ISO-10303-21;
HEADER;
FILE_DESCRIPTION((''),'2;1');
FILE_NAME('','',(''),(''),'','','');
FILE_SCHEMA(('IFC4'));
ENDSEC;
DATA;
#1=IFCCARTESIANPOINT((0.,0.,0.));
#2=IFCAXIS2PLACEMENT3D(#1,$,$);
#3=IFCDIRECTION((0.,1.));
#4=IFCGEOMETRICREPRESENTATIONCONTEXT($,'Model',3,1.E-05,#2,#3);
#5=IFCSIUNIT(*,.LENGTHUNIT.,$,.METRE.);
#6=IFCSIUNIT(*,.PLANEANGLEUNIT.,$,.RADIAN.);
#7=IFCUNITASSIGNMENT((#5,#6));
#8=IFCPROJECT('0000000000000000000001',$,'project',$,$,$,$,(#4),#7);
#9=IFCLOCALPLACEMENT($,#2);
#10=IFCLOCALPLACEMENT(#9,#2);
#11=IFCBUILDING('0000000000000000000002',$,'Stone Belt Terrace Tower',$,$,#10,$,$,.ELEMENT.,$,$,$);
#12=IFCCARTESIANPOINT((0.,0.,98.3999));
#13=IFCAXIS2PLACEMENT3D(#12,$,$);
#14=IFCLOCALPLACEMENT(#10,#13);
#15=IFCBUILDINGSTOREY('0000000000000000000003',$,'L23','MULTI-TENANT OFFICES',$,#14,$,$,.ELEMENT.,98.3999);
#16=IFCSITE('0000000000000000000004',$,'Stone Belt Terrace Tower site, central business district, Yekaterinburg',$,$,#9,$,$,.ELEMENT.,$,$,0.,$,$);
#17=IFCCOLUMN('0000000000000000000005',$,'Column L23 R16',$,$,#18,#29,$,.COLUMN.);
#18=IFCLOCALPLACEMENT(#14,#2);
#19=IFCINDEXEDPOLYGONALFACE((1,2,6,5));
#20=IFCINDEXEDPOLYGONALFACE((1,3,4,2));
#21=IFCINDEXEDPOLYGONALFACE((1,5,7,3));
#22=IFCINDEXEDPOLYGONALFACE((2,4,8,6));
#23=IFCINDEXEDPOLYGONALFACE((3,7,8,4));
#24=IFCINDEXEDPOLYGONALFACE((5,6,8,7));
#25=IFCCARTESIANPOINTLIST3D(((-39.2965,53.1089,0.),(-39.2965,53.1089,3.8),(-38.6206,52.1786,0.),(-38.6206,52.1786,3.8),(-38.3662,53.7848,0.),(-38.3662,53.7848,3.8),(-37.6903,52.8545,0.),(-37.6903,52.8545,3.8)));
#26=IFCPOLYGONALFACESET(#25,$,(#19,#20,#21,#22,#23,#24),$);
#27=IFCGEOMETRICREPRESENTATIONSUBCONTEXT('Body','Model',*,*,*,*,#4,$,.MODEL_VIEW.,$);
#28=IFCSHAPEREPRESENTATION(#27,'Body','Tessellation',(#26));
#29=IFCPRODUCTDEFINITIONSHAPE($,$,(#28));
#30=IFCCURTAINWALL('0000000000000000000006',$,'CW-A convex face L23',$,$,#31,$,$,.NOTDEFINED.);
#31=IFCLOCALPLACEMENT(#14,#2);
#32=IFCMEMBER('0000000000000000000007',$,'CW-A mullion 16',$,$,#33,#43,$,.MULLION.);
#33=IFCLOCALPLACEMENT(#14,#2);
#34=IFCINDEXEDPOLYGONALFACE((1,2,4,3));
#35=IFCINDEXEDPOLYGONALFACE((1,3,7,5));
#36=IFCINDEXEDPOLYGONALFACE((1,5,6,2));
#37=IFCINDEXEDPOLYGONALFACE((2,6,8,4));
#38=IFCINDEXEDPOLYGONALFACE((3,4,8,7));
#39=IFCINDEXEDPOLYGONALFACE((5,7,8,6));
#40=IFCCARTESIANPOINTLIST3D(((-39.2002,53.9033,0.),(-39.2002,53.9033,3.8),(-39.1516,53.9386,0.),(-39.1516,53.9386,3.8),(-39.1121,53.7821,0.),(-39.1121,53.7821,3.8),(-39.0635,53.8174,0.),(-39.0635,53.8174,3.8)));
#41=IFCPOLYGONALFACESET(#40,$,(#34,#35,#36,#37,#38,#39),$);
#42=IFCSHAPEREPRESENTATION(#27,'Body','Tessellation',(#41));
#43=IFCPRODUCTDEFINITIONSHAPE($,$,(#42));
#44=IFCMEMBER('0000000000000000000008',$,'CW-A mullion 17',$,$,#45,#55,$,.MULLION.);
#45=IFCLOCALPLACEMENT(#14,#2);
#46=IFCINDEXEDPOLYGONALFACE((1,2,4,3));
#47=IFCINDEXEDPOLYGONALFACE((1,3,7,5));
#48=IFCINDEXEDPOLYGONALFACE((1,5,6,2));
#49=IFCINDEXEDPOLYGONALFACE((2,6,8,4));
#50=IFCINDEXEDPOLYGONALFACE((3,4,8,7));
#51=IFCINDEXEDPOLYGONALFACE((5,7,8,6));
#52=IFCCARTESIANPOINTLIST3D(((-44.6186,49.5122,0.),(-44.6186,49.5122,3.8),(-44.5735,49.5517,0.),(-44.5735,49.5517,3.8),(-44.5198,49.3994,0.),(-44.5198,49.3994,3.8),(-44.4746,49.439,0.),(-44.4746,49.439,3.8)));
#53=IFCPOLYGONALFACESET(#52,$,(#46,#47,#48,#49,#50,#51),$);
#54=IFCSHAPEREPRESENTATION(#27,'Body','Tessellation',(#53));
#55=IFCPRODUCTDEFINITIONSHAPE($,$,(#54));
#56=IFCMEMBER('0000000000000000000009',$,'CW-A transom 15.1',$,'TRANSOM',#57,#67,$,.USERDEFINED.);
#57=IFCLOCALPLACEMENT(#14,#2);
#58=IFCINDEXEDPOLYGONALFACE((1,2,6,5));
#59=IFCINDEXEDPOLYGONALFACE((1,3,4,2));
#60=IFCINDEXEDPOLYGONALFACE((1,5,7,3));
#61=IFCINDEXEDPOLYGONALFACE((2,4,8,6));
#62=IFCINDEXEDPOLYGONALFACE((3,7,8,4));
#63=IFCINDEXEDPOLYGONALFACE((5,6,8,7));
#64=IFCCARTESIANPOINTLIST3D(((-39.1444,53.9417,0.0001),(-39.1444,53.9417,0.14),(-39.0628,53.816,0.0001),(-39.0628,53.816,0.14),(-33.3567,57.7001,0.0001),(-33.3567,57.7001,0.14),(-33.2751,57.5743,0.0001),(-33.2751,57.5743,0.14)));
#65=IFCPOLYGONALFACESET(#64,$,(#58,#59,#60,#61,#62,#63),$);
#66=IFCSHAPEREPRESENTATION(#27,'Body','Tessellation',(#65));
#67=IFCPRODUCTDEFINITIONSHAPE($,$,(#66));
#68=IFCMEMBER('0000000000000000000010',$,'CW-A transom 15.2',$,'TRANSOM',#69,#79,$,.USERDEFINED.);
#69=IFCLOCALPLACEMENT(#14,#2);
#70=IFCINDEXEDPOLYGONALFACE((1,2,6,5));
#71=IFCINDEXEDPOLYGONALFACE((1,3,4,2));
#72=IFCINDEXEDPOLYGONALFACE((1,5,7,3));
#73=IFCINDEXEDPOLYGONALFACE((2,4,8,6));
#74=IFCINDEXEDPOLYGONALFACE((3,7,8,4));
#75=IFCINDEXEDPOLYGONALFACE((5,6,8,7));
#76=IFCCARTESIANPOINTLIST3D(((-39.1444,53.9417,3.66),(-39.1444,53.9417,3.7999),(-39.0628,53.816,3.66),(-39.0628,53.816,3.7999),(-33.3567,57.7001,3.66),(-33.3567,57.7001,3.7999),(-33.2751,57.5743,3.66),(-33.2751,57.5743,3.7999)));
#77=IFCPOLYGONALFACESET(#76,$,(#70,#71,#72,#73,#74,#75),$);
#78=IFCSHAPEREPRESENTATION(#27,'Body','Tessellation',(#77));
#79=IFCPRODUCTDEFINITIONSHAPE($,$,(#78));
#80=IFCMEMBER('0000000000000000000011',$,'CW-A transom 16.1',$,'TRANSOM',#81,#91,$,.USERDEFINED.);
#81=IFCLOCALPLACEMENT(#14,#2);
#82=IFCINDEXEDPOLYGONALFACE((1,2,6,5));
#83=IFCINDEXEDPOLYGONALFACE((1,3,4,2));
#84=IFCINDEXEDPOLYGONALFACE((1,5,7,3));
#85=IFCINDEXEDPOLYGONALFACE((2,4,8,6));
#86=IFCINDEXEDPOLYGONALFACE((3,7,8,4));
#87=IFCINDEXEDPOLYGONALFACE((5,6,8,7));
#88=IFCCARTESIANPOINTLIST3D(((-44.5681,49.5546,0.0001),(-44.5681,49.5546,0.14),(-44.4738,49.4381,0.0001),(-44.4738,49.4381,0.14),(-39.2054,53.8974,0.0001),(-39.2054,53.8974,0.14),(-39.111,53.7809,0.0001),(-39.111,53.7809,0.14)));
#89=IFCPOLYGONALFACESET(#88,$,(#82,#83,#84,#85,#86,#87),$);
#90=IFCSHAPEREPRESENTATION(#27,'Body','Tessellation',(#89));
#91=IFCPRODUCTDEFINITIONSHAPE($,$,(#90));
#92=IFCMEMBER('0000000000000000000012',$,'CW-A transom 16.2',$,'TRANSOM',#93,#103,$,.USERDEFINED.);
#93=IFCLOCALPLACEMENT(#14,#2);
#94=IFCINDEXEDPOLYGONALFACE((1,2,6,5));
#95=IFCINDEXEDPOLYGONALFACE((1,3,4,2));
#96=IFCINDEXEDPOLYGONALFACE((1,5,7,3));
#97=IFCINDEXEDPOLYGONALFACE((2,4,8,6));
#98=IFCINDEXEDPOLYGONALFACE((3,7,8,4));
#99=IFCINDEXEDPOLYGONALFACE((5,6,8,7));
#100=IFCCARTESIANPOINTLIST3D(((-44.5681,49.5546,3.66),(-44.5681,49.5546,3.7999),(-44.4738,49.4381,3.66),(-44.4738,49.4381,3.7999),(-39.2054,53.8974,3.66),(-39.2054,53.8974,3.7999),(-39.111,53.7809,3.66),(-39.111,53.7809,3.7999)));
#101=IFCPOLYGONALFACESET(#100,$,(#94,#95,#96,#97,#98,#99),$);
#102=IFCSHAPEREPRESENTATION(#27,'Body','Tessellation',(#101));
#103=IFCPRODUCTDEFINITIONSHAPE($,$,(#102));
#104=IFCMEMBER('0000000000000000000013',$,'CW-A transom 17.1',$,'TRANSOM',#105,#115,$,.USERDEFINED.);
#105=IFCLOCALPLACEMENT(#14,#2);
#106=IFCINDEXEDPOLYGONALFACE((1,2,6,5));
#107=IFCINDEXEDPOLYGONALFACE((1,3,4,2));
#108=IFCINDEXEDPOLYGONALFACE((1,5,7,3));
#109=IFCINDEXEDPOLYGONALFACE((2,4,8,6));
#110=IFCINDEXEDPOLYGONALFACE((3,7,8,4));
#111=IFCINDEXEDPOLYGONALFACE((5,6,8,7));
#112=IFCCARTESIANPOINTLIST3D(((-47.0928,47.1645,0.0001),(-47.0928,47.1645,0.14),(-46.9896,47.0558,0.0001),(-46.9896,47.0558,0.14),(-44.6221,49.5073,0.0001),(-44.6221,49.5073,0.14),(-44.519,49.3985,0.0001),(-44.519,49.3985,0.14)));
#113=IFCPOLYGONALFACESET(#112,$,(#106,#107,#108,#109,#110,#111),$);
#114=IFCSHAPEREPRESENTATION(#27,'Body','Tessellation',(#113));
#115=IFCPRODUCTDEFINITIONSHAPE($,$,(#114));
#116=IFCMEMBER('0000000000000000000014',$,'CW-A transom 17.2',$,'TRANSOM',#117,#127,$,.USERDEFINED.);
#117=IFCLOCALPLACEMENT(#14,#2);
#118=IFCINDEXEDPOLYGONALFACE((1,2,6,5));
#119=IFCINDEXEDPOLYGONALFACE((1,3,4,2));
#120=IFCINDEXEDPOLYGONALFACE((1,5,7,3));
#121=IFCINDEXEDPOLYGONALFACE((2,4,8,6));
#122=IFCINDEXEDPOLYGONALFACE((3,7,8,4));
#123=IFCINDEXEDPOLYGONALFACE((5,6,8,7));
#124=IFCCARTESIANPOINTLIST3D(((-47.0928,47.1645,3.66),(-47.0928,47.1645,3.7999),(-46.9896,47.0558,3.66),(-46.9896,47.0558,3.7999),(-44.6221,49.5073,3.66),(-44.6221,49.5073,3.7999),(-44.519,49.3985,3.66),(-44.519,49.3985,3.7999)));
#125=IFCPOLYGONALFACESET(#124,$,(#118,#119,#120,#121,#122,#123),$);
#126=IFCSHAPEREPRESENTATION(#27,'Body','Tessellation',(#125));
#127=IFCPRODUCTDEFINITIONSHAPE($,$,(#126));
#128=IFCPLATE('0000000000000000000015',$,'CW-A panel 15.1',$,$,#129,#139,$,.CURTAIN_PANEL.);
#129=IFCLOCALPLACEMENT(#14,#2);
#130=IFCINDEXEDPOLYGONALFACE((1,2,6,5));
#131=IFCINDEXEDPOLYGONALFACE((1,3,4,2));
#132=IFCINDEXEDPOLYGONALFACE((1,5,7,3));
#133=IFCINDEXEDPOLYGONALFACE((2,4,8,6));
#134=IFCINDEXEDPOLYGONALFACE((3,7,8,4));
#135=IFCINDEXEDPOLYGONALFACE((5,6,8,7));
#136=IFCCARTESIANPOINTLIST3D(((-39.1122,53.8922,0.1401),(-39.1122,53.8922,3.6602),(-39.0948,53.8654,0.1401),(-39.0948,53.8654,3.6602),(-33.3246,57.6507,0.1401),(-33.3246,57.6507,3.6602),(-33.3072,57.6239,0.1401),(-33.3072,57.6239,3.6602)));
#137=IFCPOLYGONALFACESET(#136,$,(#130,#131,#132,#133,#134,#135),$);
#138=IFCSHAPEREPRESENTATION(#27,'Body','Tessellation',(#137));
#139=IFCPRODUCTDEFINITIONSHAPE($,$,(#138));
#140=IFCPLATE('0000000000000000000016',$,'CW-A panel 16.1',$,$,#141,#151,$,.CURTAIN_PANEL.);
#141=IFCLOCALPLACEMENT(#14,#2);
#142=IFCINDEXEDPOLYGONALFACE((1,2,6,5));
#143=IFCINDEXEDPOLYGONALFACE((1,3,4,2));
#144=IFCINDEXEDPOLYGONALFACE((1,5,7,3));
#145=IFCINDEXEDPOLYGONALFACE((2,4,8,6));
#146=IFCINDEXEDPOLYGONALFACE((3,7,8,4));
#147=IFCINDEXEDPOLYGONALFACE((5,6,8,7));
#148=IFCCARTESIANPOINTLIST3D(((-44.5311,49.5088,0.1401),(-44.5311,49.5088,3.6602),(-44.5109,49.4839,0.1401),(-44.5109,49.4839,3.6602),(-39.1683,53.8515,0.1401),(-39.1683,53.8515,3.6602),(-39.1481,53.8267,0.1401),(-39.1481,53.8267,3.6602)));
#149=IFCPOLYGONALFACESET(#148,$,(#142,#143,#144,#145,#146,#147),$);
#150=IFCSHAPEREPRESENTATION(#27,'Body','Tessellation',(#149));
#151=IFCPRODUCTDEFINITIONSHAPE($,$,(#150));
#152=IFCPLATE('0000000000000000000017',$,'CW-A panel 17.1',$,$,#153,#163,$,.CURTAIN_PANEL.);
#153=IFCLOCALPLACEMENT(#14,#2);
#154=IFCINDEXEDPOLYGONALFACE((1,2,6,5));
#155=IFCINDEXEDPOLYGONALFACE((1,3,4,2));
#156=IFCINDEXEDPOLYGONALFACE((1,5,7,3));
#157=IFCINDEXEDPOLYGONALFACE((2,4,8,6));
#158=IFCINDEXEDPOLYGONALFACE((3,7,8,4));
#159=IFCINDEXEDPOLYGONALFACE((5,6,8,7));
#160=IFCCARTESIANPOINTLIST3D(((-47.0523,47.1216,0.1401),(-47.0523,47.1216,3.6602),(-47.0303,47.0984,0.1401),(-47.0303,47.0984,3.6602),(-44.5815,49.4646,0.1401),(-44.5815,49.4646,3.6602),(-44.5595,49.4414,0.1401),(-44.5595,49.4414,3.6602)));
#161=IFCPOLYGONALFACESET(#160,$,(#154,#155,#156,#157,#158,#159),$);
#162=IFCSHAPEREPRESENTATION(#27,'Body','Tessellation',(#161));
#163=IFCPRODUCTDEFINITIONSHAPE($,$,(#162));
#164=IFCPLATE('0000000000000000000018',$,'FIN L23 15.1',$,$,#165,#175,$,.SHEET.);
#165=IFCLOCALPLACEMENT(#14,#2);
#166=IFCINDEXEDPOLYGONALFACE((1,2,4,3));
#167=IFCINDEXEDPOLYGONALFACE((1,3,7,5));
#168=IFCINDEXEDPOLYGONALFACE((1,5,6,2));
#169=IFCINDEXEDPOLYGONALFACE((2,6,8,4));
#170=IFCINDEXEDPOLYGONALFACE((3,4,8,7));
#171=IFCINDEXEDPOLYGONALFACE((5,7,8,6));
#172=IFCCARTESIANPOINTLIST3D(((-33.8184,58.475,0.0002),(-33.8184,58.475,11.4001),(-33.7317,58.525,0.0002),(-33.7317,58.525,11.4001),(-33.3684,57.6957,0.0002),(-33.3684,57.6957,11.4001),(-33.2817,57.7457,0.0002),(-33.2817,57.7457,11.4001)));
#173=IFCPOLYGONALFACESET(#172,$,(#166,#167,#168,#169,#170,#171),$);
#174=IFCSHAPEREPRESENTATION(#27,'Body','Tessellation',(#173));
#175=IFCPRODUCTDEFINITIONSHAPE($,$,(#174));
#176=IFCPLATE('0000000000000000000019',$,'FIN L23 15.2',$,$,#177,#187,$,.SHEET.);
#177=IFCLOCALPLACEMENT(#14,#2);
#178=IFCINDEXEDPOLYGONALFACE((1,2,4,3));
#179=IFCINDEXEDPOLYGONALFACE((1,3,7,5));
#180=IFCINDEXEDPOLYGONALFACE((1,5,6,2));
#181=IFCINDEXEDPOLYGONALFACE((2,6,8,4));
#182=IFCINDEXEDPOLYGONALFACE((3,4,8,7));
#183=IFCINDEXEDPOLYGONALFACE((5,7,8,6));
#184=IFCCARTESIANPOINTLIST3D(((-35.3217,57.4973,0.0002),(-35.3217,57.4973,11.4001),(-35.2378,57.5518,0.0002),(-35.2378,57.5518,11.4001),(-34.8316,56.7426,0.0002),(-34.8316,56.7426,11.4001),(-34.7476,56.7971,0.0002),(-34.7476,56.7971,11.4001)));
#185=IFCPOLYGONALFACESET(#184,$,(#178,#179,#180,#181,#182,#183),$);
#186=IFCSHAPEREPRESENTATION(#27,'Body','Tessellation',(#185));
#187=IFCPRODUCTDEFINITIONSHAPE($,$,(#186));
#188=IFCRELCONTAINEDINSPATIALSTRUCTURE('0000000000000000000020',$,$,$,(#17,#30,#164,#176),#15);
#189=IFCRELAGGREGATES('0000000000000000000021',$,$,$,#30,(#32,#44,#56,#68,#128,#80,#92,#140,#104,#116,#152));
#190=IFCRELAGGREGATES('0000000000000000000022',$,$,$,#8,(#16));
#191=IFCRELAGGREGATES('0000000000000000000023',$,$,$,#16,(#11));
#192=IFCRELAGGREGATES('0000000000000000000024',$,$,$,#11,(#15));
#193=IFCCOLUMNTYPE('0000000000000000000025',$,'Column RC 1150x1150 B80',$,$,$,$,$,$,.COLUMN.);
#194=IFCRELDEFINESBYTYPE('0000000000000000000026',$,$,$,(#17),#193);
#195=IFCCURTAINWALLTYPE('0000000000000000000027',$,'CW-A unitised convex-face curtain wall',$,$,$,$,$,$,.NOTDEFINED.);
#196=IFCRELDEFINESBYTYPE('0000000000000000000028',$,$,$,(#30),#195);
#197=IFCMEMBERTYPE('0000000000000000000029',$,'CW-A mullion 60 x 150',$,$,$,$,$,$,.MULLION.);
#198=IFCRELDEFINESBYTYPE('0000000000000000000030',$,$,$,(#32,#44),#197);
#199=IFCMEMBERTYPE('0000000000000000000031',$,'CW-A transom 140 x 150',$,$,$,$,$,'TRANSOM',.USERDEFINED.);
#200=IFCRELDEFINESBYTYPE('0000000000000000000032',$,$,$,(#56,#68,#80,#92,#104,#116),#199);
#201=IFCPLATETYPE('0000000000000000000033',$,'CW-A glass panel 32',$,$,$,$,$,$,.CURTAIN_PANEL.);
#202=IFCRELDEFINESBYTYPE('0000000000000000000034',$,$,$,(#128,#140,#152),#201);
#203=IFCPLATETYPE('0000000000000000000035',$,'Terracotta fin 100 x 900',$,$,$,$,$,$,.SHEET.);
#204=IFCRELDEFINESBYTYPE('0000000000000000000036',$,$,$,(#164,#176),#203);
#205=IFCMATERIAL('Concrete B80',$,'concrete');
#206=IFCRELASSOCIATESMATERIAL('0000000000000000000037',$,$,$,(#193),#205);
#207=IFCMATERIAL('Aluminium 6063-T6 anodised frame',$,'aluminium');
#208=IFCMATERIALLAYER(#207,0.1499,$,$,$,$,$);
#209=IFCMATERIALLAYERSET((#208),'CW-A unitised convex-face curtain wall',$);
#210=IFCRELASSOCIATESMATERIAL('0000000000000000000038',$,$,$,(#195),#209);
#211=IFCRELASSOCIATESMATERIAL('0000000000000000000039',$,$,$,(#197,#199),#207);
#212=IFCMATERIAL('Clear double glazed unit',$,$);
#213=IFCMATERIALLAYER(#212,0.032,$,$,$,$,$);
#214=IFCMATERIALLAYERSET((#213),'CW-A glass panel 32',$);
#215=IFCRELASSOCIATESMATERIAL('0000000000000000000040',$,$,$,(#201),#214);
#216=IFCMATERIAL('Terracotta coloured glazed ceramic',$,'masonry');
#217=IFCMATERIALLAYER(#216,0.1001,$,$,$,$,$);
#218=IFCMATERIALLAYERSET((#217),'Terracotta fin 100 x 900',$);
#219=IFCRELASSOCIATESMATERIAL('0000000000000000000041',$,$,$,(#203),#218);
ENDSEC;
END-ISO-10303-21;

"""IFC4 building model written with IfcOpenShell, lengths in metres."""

from ifc_helpers import new_model, si_unit, direction, frame, origin, origin_2d, place, context, subcontext, project, spatial, rectangle, extrude, material, layer, layer_set, material_profile, profile_set, type_object, element, aggregate, save


model = new_model("IFC4")

# Units and contexts
model_context = context("Model", 3, precision=1e-05, world=origin(), true_north=direction((0.0, 1.0)))
body_context = subcontext(model_context, "Body", "Model", "MODEL_VIEW")
ifc_project = project(units=[si_unit("LENGTHUNIT", "METRE"), si_unit("PLANEANGLEUNIT", "RADIAN")], contexts=[model_context])

# Site, building, storey
site_placement = place(None, origin())
site = spatial("IfcSite", under=ifc_project, at=site_placement, Name="Stone Belt Terrace Tower site, central business district, Yekaterinburg", CompositionType="ELEMENT", RefElevation=0.0)
building_placement = place(site_placement, origin())
building = spatial("IfcBuilding", under=site, at=building_placement, Name="Stone Belt Terrace Tower", CompositionType="ELEMENT")
storey_placement = place(building_placement, frame((0.0, 0.0, 98.3999)))
storey = spatial("IfcBuildingStorey", under=building, at=storey_placement, Name="L23", Description="MULTI-TENANT OFFICES", CompositionType="ELEMENT", Elevation=98.3999)

# Column
ifc_material_1 = material(Name="Concrete B80", Category="concrete")
ifc_material_profile_1 = material_profile(ifc_material_1, rectangle(XDim=1.1499, YDim=1.1499, at=origin_2d()), Name="RC 1150x1150")
ifc_profile_set_1 = profile_set([ifc_material_profile_1], Name="Concrete B80")
column_type = type_object("IfcColumnType", Name="Column RC 1150x1150 B80", PredefinedType="COLUMN", material=ifc_profile_set_1)
column_placement = place(storey_placement, frame((-38.4934, 52.9817, 0.0), z_axis=(0.0, 0.0, 1.0), x_axis=(0.809017, 0.587785, 0.0)))
element("IfcColumn", 1, at=column_placement, inside=storey, type_object=column_type, Name="Column L23 R16", PredefinedType="COLUMN", context=body_context, shape_type="SweptSolid", body=[
    extrude(rectangle(XDim=1.1499, YDim=1.1499, at=origin_2d()), origin(), (0.0, 0.0, 1.0), 3.8),
])

# Curtain wall, members, plates
ifc_material_2 = material(Name="Aluminium 6063-T6 anodised frame", Category="aluminium")
ifc_layer_1 = layer(ifc_material_2, 0.1499)
ifc_layer_set_1 = layer_set([ifc_layer_1], Name="CW-A unitised convex-face curtain wall")
curtain_wall_type = type_object("IfcCurtainWallType", Name="CW-A unitised convex-face curtain wall", PredefinedType="NOTDEFINED", material=ifc_layer_set_1)
curtain_wall_placement = place(storey_placement, origin())
curtain_wall = element("IfcCurtainWall", 2, at=curtain_wall_placement, inside=storey, type_object=curtain_wall_type, Name="CW-A convex face L23", PredefinedType="NOTDEFINED")
ifc_material_profile_2 = material_profile(ifc_material_2, rectangle(XDim=0.1499, YDim=0.0601, at=origin_2d()), Name="Aluminium 6063-T6 60x150")
ifc_profile_set_2 = profile_set([ifc_material_profile_2], Name="Aluminium 6063-T6 anodised frame")
member_type_1 = type_object("IfcMemberType", Name="CW-A mullion 60 x 150", PredefinedType="MULLION", material=ifc_profile_set_2)
member_1_placement = place(storey_placement, frame((-39.1318, 53.8604, 0.0), z_axis=(0.0, 0.0, 1.0), x_axis=(0.587785, -0.809017, 0.0)))
member_1 = element("IfcMember", 3, at=member_1_placement, type_object=member_type_1, Name="CW-A mullion 16", PredefinedType="MULLION", context=body_context, shape_type="SweptSolid", body=[
    extrude(rectangle(XDim=0.1499, YDim=0.0601, at=origin_2d()), origin(), (0.0, 0.0, 1.0), 3.8),
])
member_2_placement = place(storey_placement, frame((-44.5466, 49.4756, 0.0), z_axis=(0.0, 0.0, 1.0), x_axis=(0.659207, -0.751961, 0.0)))
member_2 = element("IfcMember", 4, at=member_2_placement, type_object=member_type_1, Name="CW-A mullion 17", PredefinedType="MULLION", context=body_context, shape_type="SweptSolid", body=[
    extrude(rectangle(XDim=0.1499, YDim=0.0601, at=origin_2d()), origin(), (0.0, 0.0, 1.0), 3.8),
])
ifc_material_profile_3 = material_profile(ifc_material_2, rectangle(XDim=0.1499, YDim=0.1399, at=origin_2d()), Name="Aluminium 6063-T6 150x140")
ifc_profile_set_3 = profile_set([ifc_material_profile_3], Name="Aluminium 6063-T6 anodised frame")
member_type_2 = type_object("IfcMemberType", Name="CW-A transom 140 x 150", ElementType="TRANSOM", PredefinedType="USERDEFINED", material=ifc_profile_set_3)
member_3_placement = place(storey_placement, frame((-33.3159, 57.6372, 0.0701), z_axis=(-0.838684, -0.544618, 0.0), x_axis=(0.544618, -0.838684, 0.0)))
member_3 = element("IfcMember", 5, at=member_3_placement, type_object=member_type_2, Name="CW-A transom 15.1", ObjectType="TRANSOM", PredefinedType="USERDEFINED", context=body_context, shape_type="SweptSolid", body=[
    extrude(rectangle(XDim=0.1499, YDim=0.1399, at=origin_2d()), origin(), (0.0, 0.0, 1.0), 6.9009),
])
member_4_placement = place(storey_placement, frame((-33.3159, 57.6372, 3.73), z_axis=(-0.838684, -0.544618, 0.0), x_axis=(0.544618, -0.838684, 0.0)))
member_4 = element("IfcMember", 6, at=member_4_placement, type_object=member_type_2, Name="CW-A transom 15.2", ObjectType="TRANSOM", PredefinedType="USERDEFINED", context=body_context, shape_type="SweptSolid", body=[
    extrude(rectangle(XDim=0.1499, YDim=0.1399, at=origin_2d()), origin(), (0.0, 0.0, 1.0), 6.9009),
])
member_5_placement = place(storey_placement, frame((-39.1582, 53.8391, 0.0701), z_axis=(-0.777141, -0.629326, 0.0), x_axis=(0.629326, -0.777141, 0.0)))
member_5 = element("IfcMember", 7, at=member_5_placement, type_object=member_type_2, Name="CW-A transom 16.1", ObjectType="TRANSOM", PredefinedType="USERDEFINED", context=body_context, shape_type="SweptSolid", body=[
    extrude(rectangle(XDim=0.1499, YDim=0.1399, at=origin_2d()), origin(), (0.0, 0.0, 1.0), 6.9006),
])
member_6_placement = place(storey_placement, frame((-39.1582, 53.8391, 3.73), z_axis=(-0.777141, -0.629326, 0.0), x_axis=(0.629326, -0.777141, 0.0)))
member_6 = element("IfcMember", 8, at=member_6_placement, type_object=member_type_2, Name="CW-A transom 16.2", ObjectType="TRANSOM", PredefinedType="USERDEFINED", context=body_context, shape_type="SweptSolid", body=[
    extrude(rectangle(XDim=0.1499, YDim=0.1399, at=origin_2d()), origin(), (0.0, 0.0, 1.0), 6.9006),
])
member_7_placement = place(storey_placement, frame((-44.5706, 49.4529, 0.0701), z_axis=(-0.725644, -0.688071, 0.0), x_axis=(0.688071, -0.725644, 0.0)))
member_7 = element("IfcMember", 9, at=member_7_placement, type_object=member_type_2, Name="CW-A transom 17.1", ObjectType="TRANSOM", PredefinedType="USERDEFINED", context=body_context, shape_type="SweptSolid", body=[
    extrude(rectangle(XDim=0.1499, YDim=0.1399, at=origin_2d()), origin(), (0.0, 0.0, 1.0), 3.4048),
])
member_8_placement = place(storey_placement, frame((-44.5706, 49.4529, 3.73), z_axis=(-0.725644, -0.688071, 0.0), x_axis=(0.688071, -0.725644, 0.0)))
member_8 = element("IfcMember", 10, at=member_8_placement, type_object=member_type_2, Name="CW-A transom 17.2", ObjectType="TRANSOM", PredefinedType="USERDEFINED", context=body_context, shape_type="SweptSolid", body=[
    extrude(rectangle(XDim=0.1499, YDim=0.1399, at=origin_2d()), origin(), (0.0, 0.0, 1.0), 3.4048),
])
ifc_material_3 = material(Name="Clear double glazed unit")
ifc_layer_2 = layer(ifc_material_3, 0.032)
ifc_layer_set_2 = layer_set([ifc_layer_2], Name="CW-A glass panel 32")
plate_type_1 = type_object("IfcPlateType", Name="CW-A glass panel 32", PredefinedType="CURTAIN_PANEL", material=ifc_layer_set_2)
plate_1_placement = place(storey_placement, frame((-36.2097, 55.7581, 0.1401), z_axis=(0.0, 0.0, 1.0), x_axis=(-0.838671, -0.544639, 0.0)))
plate_1 = element("IfcPlate", 11, at=plate_1_placement, type_object=plate_type_1, Name="CW-A panel 15.1", PredefinedType="CURTAIN_PANEL", context=body_context, shape_type="SweptSolid", body=[
    extrude(rectangle(XDim=6.9009, YDim=0.032, at=origin_2d()), origin(), (0.0, 0.0, 1.0), 3.52),
])
plate_2_placement = place(storey_placement, frame((-41.8396, 51.6677, 0.1401), z_axis=(0.0, 0.0, 1.0), x_axis=(-0.777146, -0.62932, 0.0)))
plate_2 = element("IfcPlate", 12, at=plate_2_placement, type_object=plate_type_1, Name="CW-A panel 16.1", PredefinedType="CURTAIN_PANEL", context=body_context, shape_type="SweptSolid", body=[
    extrude(rectangle(XDim=6.9006, YDim=0.032, at=origin_2d()), origin(), (0.0, 0.0, 1.0), 3.52),
])
plate_3_placement = place(storey_placement, frame((-45.8059, 48.2815, 0.1401), z_axis=(0.0, 0.0, 1.0), x_axis=(-0.725628, -0.688087, 0.0)))
plate_3 = element("IfcPlate", 13, at=plate_3_placement, type_object=plate_type_1, Name="CW-A panel 17.1", PredefinedType="CURTAIN_PANEL", context=body_context, shape_type="SweptSolid", body=[
    extrude(rectangle(XDim=3.405, YDim=0.032, at=origin_2d()), origin(), (0.0, 0.0, 1.0), 3.52),
])
aggregate(curtain_wall, [member_1, member_2, member_3, member_4, plate_1, member_5, member_6, plate_2, member_7, member_8, plate_3])

# Plates
ifc_material_4 = material(Name="Terracotta coloured glazed ceramic", Category="masonry")
ifc_layer_3 = layer(ifc_material_4, 0.1001)
ifc_layer_set_3 = layer_set([ifc_layer_3], Name="Terracotta fin 100 x 900")
plate_type_2 = type_object("IfcPlateType", Name="Terracotta fin 100 x 900", PredefinedType="SHEET", material=ifc_layer_set_3)
for number, where, z_axis, x_axis, name in (
    (14, (-33.55, 58.1104, 0.0002), (0.0, 0.0, 1.0), (-0.5, 0.866025, 0.0), "FIN L23 15.1"),
    (15, (-35.0347, 57.1472, 0.0002), (0.0, 0.0, 1.0), (-0.544639, 0.838671, 0.0), "FIN L23 15.2"),
):
    element("IfcPlate", number, at=place(storey_placement, frame(where, z_axis=z_axis, x_axis=x_axis)), inside=storey, type_object=plate_type_2, Name=name, PredefinedType="SHEET", context=body_context, shape_type="SweptSolid", body=[
        extrude(rectangle(XDim=0.8999, YDim=0.1001, at=origin_2d()), origin(), (0.0, 0.0, 1.0), 11.3999),
    ])

save(model, "model.ifc")
